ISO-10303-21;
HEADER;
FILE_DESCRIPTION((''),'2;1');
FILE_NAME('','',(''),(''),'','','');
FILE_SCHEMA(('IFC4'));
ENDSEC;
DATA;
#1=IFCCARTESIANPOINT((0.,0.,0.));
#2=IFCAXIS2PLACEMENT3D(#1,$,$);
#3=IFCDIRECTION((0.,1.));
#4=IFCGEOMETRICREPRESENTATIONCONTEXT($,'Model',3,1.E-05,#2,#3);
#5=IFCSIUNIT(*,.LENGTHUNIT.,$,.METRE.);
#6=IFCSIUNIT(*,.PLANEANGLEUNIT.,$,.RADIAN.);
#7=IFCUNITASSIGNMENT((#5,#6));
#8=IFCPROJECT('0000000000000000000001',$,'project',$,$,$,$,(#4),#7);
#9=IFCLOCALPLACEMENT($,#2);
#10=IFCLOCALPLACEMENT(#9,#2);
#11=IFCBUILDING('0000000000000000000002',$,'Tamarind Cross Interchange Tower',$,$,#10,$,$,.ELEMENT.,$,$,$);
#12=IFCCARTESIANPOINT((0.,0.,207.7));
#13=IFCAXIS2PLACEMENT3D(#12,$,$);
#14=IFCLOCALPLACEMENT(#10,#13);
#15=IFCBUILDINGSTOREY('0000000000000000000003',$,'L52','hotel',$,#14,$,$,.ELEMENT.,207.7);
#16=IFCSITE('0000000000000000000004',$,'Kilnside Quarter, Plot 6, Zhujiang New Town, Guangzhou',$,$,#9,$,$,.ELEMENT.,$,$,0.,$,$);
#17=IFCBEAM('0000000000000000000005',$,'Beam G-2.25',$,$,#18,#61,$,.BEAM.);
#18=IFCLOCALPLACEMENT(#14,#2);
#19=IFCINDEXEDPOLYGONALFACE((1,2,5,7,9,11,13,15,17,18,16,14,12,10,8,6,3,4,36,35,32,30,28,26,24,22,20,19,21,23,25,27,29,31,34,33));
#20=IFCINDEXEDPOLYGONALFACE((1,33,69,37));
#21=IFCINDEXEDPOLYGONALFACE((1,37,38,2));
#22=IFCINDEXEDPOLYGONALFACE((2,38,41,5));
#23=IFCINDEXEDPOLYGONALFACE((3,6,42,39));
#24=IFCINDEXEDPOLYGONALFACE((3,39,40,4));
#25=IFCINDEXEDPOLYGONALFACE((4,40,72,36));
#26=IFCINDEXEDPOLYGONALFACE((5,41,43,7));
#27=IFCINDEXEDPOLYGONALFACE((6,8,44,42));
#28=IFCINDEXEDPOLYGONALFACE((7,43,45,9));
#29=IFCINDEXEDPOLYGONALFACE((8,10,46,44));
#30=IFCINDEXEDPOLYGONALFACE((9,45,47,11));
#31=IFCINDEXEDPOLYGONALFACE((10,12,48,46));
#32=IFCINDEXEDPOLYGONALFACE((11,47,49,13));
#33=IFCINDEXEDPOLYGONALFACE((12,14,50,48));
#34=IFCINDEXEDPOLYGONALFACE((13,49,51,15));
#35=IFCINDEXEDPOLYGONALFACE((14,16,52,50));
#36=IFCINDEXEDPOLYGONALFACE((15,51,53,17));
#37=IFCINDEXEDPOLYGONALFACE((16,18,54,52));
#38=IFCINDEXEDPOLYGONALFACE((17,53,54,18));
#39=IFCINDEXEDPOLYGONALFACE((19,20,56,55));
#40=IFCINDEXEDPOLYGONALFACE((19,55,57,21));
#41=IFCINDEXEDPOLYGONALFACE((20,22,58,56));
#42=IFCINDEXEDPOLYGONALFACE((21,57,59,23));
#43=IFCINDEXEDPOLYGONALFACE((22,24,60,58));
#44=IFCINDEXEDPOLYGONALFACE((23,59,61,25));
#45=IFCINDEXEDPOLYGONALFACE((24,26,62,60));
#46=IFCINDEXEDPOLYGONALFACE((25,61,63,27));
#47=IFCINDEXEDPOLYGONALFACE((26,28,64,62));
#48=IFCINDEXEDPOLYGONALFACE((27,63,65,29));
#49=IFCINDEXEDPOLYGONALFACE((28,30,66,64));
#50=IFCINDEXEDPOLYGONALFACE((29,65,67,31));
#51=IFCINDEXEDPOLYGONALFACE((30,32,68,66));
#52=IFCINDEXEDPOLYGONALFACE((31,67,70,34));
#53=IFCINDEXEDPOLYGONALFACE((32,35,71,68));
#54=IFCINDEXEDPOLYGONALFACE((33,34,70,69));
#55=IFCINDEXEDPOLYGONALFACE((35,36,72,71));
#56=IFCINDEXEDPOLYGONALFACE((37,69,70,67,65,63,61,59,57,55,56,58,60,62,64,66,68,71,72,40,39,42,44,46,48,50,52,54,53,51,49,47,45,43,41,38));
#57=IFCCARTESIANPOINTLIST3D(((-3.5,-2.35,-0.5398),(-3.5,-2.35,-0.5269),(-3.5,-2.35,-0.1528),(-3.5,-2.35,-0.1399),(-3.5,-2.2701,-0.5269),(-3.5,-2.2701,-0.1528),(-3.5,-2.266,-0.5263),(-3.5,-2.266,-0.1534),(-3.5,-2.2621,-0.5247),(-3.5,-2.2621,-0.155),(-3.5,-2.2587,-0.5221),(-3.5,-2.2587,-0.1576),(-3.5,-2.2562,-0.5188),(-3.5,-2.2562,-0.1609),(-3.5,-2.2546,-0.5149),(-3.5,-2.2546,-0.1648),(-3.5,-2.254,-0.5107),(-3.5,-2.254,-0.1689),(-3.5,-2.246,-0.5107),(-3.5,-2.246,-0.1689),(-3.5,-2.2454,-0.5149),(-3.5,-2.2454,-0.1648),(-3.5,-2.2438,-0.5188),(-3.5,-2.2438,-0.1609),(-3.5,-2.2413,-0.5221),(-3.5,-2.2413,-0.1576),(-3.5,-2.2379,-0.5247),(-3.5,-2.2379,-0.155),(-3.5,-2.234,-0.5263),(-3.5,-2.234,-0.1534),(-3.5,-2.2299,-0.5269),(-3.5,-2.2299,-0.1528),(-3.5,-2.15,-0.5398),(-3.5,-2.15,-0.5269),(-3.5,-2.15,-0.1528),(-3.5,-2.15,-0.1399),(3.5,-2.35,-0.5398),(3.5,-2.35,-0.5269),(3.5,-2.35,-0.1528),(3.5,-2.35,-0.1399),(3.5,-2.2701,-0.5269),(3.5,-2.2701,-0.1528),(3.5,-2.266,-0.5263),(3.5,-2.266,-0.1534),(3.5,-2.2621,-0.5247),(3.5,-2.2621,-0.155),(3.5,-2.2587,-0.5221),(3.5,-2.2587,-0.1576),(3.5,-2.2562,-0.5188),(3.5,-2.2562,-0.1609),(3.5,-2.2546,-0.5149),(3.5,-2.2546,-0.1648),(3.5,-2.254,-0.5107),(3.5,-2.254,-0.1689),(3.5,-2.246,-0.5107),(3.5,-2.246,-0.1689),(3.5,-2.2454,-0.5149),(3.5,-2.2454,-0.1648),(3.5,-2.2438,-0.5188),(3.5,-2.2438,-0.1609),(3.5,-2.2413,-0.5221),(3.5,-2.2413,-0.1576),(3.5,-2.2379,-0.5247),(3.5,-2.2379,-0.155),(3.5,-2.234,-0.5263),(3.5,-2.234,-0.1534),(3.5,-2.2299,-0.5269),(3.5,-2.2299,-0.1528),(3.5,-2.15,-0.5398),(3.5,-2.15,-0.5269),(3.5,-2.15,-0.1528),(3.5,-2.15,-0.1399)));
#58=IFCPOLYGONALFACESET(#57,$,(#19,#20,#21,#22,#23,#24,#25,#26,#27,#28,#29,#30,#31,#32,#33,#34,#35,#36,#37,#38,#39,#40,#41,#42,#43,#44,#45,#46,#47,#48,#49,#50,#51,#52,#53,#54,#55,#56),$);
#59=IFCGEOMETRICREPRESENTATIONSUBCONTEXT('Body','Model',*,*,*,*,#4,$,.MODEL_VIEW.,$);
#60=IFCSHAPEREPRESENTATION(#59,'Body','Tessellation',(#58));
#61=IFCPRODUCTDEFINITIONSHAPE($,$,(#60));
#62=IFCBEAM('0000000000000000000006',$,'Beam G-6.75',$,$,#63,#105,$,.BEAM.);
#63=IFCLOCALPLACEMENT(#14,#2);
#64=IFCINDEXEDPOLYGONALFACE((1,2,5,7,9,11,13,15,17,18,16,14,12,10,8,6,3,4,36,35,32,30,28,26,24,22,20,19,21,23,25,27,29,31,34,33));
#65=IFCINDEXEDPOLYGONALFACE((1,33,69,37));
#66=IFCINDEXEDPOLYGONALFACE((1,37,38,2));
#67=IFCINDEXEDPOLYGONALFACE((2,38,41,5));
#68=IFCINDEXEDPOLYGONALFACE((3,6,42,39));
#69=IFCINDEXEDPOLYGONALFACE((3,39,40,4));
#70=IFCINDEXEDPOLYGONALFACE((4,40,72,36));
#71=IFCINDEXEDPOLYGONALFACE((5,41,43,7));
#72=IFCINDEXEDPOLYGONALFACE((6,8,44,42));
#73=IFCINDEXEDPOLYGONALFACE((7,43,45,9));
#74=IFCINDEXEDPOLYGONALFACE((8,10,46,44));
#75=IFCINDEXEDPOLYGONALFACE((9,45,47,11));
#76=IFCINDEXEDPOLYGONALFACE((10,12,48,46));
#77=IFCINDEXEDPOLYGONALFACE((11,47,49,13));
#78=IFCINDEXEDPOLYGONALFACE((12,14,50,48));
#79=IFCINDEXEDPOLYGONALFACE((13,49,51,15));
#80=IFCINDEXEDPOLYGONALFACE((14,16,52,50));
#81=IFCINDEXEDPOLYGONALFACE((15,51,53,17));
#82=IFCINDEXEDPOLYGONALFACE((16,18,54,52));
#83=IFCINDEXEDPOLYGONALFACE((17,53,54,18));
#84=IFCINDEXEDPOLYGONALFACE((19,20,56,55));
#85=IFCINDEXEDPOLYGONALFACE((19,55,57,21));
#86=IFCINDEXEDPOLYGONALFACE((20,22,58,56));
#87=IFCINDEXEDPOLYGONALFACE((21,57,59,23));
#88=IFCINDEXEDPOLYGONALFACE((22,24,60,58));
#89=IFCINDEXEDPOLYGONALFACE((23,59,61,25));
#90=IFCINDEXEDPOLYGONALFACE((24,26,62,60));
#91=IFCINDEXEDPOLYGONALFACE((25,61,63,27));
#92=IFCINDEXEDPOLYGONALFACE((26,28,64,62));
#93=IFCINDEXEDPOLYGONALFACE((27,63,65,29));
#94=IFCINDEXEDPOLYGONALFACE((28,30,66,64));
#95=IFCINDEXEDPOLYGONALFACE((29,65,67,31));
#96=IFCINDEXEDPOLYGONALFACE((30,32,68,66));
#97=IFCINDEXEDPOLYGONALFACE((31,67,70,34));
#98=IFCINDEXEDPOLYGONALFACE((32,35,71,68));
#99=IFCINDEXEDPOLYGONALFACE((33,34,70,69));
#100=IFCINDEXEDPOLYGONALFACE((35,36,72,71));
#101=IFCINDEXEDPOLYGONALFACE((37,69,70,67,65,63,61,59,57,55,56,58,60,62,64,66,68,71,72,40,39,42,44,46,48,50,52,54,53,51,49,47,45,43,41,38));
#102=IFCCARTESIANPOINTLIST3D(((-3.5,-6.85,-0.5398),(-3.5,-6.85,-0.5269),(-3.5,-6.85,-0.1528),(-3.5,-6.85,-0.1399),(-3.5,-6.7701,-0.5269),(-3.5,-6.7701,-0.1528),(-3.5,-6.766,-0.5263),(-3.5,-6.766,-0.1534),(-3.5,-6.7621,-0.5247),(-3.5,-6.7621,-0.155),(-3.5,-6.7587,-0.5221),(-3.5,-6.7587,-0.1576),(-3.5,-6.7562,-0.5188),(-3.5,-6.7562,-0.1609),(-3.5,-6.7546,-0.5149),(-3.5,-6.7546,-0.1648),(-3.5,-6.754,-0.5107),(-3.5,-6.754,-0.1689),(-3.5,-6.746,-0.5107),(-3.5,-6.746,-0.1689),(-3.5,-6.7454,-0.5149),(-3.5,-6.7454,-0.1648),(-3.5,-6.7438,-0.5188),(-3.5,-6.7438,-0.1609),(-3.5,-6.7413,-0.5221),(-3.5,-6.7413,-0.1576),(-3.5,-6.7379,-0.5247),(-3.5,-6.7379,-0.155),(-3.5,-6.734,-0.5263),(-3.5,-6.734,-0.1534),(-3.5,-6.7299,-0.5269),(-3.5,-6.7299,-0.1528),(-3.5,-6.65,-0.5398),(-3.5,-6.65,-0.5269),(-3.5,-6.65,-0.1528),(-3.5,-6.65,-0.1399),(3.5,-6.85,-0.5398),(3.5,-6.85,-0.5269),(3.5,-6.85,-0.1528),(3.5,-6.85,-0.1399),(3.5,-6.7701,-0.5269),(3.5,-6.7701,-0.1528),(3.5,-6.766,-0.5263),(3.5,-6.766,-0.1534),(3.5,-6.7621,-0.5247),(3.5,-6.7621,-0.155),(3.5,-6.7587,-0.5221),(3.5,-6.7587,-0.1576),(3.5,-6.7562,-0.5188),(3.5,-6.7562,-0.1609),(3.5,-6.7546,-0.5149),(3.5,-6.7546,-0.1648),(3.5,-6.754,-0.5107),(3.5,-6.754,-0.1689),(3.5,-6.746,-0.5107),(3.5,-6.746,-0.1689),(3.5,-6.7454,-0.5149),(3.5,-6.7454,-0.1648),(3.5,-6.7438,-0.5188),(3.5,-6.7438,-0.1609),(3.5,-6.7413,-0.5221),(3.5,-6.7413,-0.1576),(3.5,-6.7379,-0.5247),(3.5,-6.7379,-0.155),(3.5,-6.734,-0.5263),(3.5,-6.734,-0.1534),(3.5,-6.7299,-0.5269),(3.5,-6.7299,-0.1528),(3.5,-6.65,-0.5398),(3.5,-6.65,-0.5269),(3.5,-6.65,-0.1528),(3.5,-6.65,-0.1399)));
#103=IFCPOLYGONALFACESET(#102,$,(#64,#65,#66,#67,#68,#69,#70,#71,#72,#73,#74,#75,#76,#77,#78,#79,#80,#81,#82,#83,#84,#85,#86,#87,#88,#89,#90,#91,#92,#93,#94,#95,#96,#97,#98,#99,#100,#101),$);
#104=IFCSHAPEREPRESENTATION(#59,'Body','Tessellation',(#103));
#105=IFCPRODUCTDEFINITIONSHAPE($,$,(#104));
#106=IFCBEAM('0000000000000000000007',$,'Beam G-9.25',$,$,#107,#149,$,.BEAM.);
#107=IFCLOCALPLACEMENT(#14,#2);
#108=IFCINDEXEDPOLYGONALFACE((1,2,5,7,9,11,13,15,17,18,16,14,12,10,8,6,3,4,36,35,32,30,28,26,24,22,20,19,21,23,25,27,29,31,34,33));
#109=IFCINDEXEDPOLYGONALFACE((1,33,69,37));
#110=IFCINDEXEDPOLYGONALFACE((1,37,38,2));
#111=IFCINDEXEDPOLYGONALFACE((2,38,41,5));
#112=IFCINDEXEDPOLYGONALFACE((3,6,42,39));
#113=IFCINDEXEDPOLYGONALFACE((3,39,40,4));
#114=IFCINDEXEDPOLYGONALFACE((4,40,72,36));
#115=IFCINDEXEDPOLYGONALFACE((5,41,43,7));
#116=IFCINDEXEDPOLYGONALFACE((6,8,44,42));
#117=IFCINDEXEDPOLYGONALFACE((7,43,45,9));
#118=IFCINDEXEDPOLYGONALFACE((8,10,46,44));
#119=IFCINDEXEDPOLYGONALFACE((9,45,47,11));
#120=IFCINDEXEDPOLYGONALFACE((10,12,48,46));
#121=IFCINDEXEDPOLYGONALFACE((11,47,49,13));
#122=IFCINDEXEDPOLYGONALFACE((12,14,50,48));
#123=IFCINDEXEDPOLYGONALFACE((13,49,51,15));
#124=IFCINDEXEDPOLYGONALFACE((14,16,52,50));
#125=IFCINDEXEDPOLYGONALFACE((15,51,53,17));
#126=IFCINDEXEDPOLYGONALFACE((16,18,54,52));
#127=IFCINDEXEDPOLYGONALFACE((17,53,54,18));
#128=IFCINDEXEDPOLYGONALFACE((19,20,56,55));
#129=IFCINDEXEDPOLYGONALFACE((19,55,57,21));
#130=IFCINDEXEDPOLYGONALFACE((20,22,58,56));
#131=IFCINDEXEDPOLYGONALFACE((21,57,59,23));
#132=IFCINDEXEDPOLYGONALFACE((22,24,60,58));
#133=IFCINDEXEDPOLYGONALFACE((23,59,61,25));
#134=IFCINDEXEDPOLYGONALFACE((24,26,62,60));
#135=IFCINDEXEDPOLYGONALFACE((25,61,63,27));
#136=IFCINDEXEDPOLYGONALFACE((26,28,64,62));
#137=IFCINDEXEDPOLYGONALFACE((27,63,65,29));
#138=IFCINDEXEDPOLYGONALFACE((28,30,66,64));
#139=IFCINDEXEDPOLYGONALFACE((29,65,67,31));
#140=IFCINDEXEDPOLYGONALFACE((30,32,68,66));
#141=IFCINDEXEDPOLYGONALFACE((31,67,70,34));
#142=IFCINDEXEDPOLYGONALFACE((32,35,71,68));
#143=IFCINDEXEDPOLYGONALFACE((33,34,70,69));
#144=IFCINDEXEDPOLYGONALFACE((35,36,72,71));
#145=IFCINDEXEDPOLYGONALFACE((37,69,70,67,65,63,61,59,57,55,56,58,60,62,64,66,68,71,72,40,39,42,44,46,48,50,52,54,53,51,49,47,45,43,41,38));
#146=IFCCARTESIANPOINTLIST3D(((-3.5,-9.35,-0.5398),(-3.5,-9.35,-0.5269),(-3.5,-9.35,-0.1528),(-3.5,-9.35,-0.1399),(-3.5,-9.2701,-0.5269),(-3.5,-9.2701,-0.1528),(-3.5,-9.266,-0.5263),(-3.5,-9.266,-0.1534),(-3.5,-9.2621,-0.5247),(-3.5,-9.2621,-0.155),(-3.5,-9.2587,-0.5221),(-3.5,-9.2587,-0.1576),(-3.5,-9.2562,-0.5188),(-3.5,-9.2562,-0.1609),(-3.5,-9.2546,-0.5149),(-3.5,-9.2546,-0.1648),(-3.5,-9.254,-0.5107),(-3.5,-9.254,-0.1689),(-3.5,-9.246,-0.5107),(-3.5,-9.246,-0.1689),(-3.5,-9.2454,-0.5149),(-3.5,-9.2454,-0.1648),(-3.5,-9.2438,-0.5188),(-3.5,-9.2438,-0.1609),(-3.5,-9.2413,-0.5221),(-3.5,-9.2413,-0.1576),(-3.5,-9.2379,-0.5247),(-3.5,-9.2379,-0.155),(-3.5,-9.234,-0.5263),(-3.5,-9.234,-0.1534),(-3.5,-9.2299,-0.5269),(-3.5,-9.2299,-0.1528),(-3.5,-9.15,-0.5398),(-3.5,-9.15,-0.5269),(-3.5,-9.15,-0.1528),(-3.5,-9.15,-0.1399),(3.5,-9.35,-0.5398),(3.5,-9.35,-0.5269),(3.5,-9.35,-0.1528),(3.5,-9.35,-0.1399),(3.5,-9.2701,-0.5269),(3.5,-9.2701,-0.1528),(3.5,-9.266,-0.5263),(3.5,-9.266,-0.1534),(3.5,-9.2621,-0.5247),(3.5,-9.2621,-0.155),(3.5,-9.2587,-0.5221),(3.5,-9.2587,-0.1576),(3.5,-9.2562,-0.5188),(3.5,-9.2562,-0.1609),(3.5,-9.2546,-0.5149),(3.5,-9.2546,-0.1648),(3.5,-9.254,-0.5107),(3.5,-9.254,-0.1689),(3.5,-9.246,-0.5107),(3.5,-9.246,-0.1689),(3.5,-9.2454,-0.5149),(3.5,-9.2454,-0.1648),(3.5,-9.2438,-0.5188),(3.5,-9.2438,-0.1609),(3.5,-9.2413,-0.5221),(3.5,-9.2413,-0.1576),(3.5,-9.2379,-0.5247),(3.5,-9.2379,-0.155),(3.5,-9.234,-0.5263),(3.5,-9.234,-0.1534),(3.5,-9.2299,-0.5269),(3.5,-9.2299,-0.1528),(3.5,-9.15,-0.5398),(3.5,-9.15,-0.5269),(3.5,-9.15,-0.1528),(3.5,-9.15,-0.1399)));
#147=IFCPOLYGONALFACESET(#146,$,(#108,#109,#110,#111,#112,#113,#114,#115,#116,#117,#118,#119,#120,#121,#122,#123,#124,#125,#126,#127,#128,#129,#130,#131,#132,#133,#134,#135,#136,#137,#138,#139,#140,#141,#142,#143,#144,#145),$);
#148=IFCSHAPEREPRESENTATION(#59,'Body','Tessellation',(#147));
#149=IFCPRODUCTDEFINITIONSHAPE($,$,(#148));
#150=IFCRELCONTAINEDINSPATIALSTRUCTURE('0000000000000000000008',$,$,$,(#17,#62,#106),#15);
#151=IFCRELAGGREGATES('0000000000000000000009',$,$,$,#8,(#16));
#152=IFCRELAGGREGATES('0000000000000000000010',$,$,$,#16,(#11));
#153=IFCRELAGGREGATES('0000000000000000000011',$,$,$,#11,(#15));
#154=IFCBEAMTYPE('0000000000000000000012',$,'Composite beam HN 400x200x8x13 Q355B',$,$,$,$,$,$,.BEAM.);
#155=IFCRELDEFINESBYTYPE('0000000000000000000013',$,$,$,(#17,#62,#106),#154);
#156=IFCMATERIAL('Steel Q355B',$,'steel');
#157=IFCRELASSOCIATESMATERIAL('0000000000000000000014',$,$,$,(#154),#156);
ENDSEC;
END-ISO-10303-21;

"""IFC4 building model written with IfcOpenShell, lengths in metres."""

from ifc_helpers import new_model, si_unit, direction, frame, origin, origin_2d, place, context, subcontext, project, spatial, i_section, extrude, material, material_profile, profile_set, type_object, element, save


model = new_model("IFC4")

# Units and contexts
model_context = context("Model", 3, precision=1e-05, world=origin(), true_north=direction((0.0, 1.0)))
body_context = subcontext(model_context, "Body", "Model", "MODEL_VIEW")
ifc_project = project(units=[si_unit("LENGTHUNIT", "METRE"), si_unit("PLANEANGLEUNIT", "RADIAN")], contexts=[model_context])

# Site, building, storey
site_placement = place(None, origin())
site = spatial("IfcSite", under=ifc_project, at=site_placement, Name="Kilnside Quarter, Plot 6, Zhujiang New Town, Guangzhou", CompositionType="ELEMENT", RefElevation=0.0)
building_placement = place(site_placement, origin())
building = spatial("IfcBuilding", under=site, at=building_placement, Name="Tamarind Cross Interchange Tower", CompositionType="ELEMENT")
storey_placement = place(building_placement, frame((0.0, 0.0, 207.7)))
storey = spatial("IfcBuildingStorey", under=building, at=storey_placement, Name="L52", Description="hotel", CompositionType="ELEMENT", Elevation=207.7)

# Beams
ifc_material_1 = material(Name="Steel Q355B", Category="steel")
ifc_material_profile = material_profile(ifc_material_1, i_section(OverallWidth=0.2, OverallDepth=0.3999, WebThickness=0.0081, FlangeThickness=0.0129, FilletRadius=0.0161, at=origin_2d()), Name="HN 400x200x8x13")
ifc_profile_set = profile_set([ifc_material_profile], Name="Steel Q355B")
beam_type = type_object("IfcBeamType", Name="Composite beam HN 400x200x8x13 Q355B", PredefinedType="BEAM", material=ifc_profile_set)
for number, where, z_axis, x_axis, name in (
    (1, (-3.5, -2.25, -0.3398), (1.0, 0.0, 0.0), (0.0, 1.0, 0.0), "Beam G-2.25"),
    (2, (-3.5, -6.75, -0.3398), (1.0, 0.0, 0.0), (0.0, 1.0, 0.0), "Beam G-6.75"),
    (3, (-3.5, -9.25, -0.3398), (1.0, 0.0, 0.0), (0.0, 1.0, 0.0), "Beam G-9.25"),
):
    element("IfcBeam", number, at=place(storey_placement, frame(where, z_axis=z_axis, x_axis=x_axis)), inside=storey, type_object=beam_type, Name=name, PredefinedType="BEAM", context=body_context, shape_type="SweptSolid", body=[
        extrude(i_section(OverallWidth=0.2, OverallDepth=0.3999, WebThickness=0.0081, FlangeThickness=0.0129, FilletRadius=0.0161, at=origin_2d()), origin(), (0.0, 0.0, 1.0), 7.0),
    ])

save(model, "model.ifc")
